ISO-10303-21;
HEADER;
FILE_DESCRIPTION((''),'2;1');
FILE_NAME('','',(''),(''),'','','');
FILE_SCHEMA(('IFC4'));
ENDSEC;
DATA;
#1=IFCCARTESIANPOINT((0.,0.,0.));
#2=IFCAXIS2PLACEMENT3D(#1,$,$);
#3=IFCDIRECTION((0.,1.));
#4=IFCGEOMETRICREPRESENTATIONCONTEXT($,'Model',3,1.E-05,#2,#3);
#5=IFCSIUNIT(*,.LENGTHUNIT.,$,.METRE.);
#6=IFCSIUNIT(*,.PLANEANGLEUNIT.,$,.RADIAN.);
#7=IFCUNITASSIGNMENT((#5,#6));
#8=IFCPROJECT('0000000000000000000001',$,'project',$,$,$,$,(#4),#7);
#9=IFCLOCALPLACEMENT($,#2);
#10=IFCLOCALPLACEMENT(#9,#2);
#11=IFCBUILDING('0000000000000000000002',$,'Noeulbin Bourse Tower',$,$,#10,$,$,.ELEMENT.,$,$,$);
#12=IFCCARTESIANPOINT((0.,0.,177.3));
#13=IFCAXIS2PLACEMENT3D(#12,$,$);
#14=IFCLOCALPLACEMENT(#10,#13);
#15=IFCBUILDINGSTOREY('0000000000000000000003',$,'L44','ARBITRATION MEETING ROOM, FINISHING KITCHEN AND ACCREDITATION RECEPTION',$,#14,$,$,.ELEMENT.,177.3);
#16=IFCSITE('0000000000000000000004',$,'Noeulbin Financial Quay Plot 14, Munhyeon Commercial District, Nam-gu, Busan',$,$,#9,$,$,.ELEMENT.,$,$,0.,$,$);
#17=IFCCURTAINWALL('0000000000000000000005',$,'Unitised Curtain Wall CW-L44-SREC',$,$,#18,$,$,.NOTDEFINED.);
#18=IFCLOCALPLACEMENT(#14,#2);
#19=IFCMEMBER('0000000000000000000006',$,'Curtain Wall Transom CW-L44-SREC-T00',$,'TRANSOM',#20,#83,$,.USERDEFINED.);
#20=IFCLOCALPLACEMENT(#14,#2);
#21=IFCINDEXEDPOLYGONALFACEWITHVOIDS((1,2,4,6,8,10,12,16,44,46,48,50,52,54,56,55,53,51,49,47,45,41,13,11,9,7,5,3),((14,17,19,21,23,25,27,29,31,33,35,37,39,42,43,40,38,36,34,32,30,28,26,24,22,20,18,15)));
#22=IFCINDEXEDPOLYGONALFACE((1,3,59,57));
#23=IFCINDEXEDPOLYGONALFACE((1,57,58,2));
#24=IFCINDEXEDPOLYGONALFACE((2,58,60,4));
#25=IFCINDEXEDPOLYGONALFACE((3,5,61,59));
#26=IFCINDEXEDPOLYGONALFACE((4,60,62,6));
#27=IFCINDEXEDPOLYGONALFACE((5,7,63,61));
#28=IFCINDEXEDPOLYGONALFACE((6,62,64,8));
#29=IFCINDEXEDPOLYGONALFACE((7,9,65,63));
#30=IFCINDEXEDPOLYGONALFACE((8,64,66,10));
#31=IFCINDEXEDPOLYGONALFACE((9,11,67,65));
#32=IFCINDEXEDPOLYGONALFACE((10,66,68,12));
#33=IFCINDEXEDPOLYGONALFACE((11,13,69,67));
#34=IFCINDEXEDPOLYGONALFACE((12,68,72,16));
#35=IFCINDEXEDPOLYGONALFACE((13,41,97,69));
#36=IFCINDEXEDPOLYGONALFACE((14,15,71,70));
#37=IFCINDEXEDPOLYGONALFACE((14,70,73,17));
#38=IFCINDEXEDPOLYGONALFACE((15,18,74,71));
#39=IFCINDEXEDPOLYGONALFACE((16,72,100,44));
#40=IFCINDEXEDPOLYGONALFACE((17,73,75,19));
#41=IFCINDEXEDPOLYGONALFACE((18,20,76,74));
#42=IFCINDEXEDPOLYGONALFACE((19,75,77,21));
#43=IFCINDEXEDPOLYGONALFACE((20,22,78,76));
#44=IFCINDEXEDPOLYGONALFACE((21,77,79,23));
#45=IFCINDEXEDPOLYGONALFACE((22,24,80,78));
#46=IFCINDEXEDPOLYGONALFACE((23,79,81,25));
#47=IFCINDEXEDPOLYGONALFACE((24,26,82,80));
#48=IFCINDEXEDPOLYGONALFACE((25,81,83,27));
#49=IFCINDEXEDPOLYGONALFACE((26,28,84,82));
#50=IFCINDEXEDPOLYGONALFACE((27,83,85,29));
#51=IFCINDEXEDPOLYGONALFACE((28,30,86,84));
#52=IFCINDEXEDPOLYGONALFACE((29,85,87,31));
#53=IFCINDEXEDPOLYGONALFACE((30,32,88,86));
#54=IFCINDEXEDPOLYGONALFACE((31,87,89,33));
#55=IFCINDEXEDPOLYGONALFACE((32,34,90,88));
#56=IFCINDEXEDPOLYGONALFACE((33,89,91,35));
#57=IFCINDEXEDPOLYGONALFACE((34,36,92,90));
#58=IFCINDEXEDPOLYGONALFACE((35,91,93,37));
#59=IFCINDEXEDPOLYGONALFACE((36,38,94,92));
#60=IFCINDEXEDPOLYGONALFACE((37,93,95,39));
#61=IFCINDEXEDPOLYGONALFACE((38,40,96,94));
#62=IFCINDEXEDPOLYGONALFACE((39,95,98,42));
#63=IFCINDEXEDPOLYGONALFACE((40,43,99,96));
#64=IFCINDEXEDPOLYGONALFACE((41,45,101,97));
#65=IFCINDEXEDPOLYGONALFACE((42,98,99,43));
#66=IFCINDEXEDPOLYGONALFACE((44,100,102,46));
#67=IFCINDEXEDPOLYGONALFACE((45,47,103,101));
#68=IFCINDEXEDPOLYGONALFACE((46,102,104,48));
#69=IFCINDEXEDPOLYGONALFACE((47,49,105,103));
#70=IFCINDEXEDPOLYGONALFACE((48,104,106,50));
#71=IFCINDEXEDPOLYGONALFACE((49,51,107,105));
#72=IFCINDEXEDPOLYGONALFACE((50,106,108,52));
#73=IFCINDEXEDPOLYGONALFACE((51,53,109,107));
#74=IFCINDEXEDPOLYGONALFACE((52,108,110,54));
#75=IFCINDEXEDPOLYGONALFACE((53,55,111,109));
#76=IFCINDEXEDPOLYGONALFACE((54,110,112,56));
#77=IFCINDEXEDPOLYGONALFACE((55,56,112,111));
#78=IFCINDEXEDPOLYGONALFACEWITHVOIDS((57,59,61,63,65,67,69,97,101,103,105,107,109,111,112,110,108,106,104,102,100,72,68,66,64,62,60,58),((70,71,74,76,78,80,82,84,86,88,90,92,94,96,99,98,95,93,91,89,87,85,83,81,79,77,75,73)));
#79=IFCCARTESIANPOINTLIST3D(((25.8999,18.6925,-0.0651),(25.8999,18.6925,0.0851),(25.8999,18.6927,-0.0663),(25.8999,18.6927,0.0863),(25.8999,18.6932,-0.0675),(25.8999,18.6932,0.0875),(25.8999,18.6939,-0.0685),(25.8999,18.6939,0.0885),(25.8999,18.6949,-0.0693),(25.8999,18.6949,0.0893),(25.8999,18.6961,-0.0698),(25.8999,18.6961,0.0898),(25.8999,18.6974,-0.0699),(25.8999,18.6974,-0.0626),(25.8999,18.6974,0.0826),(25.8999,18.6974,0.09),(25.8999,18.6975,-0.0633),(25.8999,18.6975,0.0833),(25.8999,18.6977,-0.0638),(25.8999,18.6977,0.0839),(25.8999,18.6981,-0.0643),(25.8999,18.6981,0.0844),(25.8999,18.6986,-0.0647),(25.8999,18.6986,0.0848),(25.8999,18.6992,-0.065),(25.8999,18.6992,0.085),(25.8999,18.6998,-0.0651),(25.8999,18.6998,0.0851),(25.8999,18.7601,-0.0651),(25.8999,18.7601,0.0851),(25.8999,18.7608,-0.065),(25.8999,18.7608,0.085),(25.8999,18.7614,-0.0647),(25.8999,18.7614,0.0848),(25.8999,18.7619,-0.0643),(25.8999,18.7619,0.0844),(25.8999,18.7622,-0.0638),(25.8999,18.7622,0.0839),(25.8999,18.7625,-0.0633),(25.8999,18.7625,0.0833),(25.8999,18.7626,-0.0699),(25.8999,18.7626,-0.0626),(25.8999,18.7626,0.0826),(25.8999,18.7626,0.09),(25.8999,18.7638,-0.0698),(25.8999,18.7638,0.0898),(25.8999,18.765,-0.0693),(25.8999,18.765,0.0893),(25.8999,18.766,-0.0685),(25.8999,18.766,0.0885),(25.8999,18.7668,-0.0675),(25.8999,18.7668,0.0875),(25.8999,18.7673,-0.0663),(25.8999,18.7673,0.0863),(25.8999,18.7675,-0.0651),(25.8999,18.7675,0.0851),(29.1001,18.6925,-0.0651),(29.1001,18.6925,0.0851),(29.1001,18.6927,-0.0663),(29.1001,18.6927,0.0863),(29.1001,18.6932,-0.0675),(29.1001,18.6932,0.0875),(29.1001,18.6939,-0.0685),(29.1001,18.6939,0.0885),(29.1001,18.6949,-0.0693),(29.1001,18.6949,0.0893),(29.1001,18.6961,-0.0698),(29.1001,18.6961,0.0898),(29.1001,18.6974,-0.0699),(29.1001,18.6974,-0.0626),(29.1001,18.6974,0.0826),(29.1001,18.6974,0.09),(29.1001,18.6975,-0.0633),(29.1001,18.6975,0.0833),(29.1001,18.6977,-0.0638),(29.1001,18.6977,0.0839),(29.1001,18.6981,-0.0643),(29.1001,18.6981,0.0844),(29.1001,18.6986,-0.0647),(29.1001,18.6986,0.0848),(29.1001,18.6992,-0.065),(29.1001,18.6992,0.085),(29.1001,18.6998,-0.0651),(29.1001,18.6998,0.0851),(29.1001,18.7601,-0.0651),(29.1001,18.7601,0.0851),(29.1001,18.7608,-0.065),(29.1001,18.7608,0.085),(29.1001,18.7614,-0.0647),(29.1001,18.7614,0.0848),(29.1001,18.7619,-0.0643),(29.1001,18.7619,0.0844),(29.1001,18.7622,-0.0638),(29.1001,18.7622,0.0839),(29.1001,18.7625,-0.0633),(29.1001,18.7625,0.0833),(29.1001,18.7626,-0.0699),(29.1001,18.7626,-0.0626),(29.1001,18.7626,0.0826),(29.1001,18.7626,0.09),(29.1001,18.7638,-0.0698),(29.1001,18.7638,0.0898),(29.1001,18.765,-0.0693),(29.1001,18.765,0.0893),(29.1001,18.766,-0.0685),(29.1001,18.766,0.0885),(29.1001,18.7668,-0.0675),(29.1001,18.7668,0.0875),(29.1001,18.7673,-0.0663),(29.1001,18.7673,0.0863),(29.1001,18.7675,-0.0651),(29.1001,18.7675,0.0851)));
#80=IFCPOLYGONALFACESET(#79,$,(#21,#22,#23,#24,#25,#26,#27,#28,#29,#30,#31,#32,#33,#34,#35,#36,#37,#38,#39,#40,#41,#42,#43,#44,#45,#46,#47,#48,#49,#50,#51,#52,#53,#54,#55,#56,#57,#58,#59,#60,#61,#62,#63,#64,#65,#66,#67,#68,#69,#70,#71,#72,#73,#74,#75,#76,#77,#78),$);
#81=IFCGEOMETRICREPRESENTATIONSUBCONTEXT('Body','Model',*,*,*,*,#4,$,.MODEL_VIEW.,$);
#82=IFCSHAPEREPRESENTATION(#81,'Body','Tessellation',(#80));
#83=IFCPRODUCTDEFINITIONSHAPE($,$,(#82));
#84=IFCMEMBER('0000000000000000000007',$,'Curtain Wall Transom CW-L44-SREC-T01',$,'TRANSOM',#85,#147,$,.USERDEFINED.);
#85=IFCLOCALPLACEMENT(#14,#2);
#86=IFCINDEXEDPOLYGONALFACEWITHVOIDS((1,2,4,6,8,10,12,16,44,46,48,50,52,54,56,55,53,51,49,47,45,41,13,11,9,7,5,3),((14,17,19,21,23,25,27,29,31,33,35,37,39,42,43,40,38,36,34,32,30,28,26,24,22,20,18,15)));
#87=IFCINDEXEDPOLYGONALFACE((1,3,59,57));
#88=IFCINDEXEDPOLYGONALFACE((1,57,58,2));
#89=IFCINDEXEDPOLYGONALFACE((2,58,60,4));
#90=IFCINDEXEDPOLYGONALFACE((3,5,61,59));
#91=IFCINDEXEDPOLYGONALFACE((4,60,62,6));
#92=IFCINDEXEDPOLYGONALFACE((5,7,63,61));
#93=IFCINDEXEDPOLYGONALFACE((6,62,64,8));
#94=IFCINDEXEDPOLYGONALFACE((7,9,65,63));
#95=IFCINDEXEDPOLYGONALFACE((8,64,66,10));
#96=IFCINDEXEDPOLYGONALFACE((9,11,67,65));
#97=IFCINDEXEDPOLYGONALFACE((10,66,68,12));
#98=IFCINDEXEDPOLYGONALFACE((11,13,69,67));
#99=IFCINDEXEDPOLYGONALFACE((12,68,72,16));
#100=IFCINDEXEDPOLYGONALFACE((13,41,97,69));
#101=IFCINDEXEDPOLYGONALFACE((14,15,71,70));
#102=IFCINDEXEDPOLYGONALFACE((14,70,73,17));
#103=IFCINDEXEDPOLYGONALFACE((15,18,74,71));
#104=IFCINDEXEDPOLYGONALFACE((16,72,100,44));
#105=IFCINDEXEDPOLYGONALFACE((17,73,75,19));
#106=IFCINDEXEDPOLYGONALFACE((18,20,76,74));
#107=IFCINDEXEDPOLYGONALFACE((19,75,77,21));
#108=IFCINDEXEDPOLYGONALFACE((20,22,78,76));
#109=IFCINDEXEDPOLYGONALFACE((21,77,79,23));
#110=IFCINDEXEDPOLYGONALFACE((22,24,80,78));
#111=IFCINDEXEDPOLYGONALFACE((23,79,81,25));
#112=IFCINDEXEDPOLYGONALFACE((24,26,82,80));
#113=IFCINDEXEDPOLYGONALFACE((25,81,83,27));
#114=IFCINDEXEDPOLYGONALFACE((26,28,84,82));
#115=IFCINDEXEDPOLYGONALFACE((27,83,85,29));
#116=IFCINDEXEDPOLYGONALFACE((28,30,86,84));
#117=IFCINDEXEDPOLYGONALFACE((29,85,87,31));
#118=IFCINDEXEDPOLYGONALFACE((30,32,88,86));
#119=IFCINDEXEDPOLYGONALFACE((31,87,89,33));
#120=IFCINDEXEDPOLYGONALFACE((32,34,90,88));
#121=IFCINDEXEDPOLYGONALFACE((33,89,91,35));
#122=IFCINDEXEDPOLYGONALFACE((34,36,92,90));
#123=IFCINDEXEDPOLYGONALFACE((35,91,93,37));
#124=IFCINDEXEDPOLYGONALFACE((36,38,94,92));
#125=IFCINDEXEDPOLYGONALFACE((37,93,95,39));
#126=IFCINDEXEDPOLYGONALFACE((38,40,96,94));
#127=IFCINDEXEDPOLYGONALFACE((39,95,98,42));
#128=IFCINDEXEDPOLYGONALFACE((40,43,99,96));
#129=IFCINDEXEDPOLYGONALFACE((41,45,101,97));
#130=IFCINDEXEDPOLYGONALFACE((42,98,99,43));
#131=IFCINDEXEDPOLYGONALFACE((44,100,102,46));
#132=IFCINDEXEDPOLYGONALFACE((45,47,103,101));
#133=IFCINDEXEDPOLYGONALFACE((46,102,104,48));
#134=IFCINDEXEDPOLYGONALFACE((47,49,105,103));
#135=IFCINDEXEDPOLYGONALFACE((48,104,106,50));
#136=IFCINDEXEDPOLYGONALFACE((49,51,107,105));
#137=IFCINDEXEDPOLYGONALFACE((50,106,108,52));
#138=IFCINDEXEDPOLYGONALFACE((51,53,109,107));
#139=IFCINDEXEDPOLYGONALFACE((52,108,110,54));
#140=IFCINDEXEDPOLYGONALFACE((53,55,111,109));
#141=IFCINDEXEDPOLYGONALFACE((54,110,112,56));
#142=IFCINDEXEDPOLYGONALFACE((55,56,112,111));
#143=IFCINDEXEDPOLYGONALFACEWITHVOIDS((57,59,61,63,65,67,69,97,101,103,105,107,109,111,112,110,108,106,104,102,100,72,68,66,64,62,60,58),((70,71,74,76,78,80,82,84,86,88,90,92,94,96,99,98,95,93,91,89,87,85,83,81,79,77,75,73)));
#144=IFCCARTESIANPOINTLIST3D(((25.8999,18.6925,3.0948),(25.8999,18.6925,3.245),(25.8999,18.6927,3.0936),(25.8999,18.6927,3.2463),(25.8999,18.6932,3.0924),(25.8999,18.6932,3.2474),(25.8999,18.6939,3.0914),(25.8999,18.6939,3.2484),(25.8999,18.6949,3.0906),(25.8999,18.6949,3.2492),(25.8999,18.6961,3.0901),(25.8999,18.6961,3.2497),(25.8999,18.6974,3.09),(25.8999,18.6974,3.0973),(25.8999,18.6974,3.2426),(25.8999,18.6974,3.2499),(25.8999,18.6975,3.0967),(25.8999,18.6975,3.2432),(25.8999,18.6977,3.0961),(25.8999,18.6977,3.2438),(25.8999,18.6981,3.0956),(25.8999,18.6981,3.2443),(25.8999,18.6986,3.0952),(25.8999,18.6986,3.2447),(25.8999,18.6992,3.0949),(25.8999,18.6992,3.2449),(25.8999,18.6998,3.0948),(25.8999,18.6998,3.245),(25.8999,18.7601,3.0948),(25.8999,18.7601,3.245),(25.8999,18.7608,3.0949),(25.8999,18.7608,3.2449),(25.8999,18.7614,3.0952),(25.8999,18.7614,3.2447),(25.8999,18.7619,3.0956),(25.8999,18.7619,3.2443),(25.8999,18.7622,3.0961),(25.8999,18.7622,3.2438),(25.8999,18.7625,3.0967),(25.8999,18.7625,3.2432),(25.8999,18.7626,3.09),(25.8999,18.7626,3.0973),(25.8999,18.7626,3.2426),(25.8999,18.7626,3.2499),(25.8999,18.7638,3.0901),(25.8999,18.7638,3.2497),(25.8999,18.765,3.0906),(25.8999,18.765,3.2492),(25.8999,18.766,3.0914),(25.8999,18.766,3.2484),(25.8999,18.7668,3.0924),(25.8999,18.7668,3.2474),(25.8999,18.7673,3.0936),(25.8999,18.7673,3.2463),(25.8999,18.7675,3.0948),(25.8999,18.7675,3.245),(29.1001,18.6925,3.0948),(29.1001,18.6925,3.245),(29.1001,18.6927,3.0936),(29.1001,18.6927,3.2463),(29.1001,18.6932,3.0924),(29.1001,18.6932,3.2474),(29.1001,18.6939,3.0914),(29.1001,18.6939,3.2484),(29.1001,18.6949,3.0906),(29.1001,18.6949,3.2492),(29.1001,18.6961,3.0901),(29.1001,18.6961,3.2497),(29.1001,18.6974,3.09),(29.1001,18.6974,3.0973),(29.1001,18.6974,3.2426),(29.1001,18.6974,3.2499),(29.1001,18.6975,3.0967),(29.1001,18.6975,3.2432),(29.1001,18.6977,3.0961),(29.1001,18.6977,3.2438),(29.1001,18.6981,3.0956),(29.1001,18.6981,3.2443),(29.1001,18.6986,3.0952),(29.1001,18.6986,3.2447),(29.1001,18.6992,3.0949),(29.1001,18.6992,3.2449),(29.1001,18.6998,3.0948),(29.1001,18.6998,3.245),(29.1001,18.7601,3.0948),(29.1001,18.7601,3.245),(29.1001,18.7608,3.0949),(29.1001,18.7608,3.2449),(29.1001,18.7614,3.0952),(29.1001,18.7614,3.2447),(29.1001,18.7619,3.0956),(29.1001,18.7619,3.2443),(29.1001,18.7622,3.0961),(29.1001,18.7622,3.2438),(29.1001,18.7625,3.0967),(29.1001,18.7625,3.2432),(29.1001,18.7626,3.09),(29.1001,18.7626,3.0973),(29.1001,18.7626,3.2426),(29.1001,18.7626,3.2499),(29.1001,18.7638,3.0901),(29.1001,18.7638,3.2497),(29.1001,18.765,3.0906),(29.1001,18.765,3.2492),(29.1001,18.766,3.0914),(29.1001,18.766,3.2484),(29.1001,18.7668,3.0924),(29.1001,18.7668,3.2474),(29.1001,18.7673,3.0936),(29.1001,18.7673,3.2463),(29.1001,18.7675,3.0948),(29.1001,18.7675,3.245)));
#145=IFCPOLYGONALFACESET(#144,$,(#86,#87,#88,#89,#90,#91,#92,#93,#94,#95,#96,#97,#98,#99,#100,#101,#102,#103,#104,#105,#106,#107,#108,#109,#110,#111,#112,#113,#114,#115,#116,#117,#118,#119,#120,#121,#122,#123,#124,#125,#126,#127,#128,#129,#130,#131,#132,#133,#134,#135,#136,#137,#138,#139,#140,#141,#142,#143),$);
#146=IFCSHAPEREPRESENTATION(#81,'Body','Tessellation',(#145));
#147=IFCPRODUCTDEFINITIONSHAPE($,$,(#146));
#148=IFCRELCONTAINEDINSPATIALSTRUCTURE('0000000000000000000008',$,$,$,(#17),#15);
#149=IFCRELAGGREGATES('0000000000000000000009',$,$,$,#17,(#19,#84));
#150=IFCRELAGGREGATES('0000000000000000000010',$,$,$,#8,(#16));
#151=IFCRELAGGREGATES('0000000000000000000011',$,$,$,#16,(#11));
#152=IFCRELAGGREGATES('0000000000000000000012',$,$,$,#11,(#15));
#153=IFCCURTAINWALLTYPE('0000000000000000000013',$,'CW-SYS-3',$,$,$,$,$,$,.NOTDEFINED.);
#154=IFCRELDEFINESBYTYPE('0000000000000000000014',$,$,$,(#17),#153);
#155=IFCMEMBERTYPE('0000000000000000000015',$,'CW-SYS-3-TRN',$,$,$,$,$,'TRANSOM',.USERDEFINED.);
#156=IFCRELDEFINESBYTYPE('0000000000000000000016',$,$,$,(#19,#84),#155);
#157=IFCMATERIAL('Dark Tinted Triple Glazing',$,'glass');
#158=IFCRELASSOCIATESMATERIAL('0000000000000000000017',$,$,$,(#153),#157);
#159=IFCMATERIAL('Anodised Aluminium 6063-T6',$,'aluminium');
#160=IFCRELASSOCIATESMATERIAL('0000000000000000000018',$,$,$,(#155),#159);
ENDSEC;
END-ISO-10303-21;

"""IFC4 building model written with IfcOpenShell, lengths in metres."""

from ifc_helpers import new_model, si_unit, direction, frame, origin, origin_2d, place, context, subcontext, project, spatial, hollow_rectangle, extrude, material, material_profile, profile_set, type_object, element, aggregate, save


model = new_model("IFC4")

# Units and contexts
model_context = context("Model", 3, precision=1e-05, world=origin(), true_north=direction((0.0, 1.0)))
body_context = subcontext(model_context, "Body", "Model", "MODEL_VIEW")
ifc_project = project(units=[si_unit("LENGTHUNIT", "METRE"), si_unit("PLANEANGLEUNIT", "RADIAN")], contexts=[model_context])

# Site, building, storey
site_placement = place(None, origin())
site = spatial("IfcSite", under=ifc_project, at=site_placement, Name="Noeulbin Financial Quay Plot 14, Munhyeon Commercial District, Nam-gu, Busan", CompositionType="ELEMENT", RefElevation=0.0)
building_placement = place(site_placement, origin())
building = spatial("IfcBuilding", under=site, at=building_placement, Name="Noeulbin Bourse Tower", CompositionType="ELEMENT")
storey_placement = place(building_placement, frame((0.0, 0.0, 177.3)))
storey = spatial("IfcBuildingStorey", under=building, at=storey_placement, Name="L44", Description="ARBITRATION MEETING ROOM, FINISHING KITCHEN AND ACCREDITATION RECEPTION", CompositionType="ELEMENT", Elevation=177.3)

# Curtain wall
ifc_material_1 = material(Name="Dark Tinted Triple Glazing", Category="glass")
curtain_wall_type = type_object("IfcCurtainWallType", Name="CW-SYS-3", PredefinedType="NOTDEFINED", material=ifc_material_1)
curtain_wall_1_placement = place(storey_placement, origin())
curtain_wall_1 = element("IfcCurtainWall", 1, at=curtain_wall_1_placement, inside=storey, type_object=curtain_wall_type, Name="Unitised Curtain Wall CW-L44-SREC", PredefinedType="NOTDEFINED")
ifc_material_2 = material(Name="Anodised Aluminium 6063-T6", Category="aluminium")

# Members
ifc_material_profile_1 = material_profile(ifc_material_2, hollow_rectangle(XDim=0.075, YDim=0.1599, WallThickness=0.0049, InnerFilletRadius=0.0024, OuterFilletRadius=0.0049, at=origin_2d()), Name="ALU-TRAN-75x160x5", Category="LoadBearing")
ifc_profile_set_1 = profile_set([ifc_material_profile_1], Name="Anodised Aluminium 6063-T6")
member_type_1 = type_object("IfcMemberType", Name="CW-SYS-3-TRN", ElementType="TRANSOM", PredefinedType="USERDEFINED", material=ifc_profile_set_1)
member_1_placement = place(storey_placement, frame((25.8999, 18.73, 0.01), z_axis=(1.0, 0.0, 0.0), x_axis=(0.0, 1.0, 0.0)))
member_1 = element("IfcMember", 2, at=member_1_placement, type_object=member_type_1, Name="Curtain Wall Transom CW-L44-SREC-T00", ObjectType="TRANSOM", PredefinedType="USERDEFINED", context=body_context, shape_type="SweptSolid", body=[
    extrude(hollow_rectangle(XDim=0.075, YDim=0.1599, WallThickness=0.0049, InnerFilletRadius=0.0024, OuterFilletRadius=0.0049, at=origin_2d()), origin(), (0.0, 0.0, 1.0), 3.2002),
])
member_2_placement = place(storey_placement, frame((25.8999, 18.73, 3.1699), z_axis=(1.0, 0.0, 0.0), x_axis=(0.0, 1.0, 0.0)))
member_2 = element("IfcMember", 3, at=member_2_placement, type_object=member_type_1, Name="Curtain Wall Transom CW-L44-SREC-T01", ObjectType="TRANSOM", PredefinedType="USERDEFINED", context=body_context, shape_type="SweptSolid", body=[
    extrude(hollow_rectangle(XDim=0.075, YDim=0.1599, WallThickness=0.0049, InnerFilletRadius=0.0024, OuterFilletRadius=0.0049, at=origin_2d()), origin(), (0.0, 0.0, 1.0), 3.2002),
])

aggregate(curtain_wall_1, [member_1, member_2])

save(model, "model.ifc")
